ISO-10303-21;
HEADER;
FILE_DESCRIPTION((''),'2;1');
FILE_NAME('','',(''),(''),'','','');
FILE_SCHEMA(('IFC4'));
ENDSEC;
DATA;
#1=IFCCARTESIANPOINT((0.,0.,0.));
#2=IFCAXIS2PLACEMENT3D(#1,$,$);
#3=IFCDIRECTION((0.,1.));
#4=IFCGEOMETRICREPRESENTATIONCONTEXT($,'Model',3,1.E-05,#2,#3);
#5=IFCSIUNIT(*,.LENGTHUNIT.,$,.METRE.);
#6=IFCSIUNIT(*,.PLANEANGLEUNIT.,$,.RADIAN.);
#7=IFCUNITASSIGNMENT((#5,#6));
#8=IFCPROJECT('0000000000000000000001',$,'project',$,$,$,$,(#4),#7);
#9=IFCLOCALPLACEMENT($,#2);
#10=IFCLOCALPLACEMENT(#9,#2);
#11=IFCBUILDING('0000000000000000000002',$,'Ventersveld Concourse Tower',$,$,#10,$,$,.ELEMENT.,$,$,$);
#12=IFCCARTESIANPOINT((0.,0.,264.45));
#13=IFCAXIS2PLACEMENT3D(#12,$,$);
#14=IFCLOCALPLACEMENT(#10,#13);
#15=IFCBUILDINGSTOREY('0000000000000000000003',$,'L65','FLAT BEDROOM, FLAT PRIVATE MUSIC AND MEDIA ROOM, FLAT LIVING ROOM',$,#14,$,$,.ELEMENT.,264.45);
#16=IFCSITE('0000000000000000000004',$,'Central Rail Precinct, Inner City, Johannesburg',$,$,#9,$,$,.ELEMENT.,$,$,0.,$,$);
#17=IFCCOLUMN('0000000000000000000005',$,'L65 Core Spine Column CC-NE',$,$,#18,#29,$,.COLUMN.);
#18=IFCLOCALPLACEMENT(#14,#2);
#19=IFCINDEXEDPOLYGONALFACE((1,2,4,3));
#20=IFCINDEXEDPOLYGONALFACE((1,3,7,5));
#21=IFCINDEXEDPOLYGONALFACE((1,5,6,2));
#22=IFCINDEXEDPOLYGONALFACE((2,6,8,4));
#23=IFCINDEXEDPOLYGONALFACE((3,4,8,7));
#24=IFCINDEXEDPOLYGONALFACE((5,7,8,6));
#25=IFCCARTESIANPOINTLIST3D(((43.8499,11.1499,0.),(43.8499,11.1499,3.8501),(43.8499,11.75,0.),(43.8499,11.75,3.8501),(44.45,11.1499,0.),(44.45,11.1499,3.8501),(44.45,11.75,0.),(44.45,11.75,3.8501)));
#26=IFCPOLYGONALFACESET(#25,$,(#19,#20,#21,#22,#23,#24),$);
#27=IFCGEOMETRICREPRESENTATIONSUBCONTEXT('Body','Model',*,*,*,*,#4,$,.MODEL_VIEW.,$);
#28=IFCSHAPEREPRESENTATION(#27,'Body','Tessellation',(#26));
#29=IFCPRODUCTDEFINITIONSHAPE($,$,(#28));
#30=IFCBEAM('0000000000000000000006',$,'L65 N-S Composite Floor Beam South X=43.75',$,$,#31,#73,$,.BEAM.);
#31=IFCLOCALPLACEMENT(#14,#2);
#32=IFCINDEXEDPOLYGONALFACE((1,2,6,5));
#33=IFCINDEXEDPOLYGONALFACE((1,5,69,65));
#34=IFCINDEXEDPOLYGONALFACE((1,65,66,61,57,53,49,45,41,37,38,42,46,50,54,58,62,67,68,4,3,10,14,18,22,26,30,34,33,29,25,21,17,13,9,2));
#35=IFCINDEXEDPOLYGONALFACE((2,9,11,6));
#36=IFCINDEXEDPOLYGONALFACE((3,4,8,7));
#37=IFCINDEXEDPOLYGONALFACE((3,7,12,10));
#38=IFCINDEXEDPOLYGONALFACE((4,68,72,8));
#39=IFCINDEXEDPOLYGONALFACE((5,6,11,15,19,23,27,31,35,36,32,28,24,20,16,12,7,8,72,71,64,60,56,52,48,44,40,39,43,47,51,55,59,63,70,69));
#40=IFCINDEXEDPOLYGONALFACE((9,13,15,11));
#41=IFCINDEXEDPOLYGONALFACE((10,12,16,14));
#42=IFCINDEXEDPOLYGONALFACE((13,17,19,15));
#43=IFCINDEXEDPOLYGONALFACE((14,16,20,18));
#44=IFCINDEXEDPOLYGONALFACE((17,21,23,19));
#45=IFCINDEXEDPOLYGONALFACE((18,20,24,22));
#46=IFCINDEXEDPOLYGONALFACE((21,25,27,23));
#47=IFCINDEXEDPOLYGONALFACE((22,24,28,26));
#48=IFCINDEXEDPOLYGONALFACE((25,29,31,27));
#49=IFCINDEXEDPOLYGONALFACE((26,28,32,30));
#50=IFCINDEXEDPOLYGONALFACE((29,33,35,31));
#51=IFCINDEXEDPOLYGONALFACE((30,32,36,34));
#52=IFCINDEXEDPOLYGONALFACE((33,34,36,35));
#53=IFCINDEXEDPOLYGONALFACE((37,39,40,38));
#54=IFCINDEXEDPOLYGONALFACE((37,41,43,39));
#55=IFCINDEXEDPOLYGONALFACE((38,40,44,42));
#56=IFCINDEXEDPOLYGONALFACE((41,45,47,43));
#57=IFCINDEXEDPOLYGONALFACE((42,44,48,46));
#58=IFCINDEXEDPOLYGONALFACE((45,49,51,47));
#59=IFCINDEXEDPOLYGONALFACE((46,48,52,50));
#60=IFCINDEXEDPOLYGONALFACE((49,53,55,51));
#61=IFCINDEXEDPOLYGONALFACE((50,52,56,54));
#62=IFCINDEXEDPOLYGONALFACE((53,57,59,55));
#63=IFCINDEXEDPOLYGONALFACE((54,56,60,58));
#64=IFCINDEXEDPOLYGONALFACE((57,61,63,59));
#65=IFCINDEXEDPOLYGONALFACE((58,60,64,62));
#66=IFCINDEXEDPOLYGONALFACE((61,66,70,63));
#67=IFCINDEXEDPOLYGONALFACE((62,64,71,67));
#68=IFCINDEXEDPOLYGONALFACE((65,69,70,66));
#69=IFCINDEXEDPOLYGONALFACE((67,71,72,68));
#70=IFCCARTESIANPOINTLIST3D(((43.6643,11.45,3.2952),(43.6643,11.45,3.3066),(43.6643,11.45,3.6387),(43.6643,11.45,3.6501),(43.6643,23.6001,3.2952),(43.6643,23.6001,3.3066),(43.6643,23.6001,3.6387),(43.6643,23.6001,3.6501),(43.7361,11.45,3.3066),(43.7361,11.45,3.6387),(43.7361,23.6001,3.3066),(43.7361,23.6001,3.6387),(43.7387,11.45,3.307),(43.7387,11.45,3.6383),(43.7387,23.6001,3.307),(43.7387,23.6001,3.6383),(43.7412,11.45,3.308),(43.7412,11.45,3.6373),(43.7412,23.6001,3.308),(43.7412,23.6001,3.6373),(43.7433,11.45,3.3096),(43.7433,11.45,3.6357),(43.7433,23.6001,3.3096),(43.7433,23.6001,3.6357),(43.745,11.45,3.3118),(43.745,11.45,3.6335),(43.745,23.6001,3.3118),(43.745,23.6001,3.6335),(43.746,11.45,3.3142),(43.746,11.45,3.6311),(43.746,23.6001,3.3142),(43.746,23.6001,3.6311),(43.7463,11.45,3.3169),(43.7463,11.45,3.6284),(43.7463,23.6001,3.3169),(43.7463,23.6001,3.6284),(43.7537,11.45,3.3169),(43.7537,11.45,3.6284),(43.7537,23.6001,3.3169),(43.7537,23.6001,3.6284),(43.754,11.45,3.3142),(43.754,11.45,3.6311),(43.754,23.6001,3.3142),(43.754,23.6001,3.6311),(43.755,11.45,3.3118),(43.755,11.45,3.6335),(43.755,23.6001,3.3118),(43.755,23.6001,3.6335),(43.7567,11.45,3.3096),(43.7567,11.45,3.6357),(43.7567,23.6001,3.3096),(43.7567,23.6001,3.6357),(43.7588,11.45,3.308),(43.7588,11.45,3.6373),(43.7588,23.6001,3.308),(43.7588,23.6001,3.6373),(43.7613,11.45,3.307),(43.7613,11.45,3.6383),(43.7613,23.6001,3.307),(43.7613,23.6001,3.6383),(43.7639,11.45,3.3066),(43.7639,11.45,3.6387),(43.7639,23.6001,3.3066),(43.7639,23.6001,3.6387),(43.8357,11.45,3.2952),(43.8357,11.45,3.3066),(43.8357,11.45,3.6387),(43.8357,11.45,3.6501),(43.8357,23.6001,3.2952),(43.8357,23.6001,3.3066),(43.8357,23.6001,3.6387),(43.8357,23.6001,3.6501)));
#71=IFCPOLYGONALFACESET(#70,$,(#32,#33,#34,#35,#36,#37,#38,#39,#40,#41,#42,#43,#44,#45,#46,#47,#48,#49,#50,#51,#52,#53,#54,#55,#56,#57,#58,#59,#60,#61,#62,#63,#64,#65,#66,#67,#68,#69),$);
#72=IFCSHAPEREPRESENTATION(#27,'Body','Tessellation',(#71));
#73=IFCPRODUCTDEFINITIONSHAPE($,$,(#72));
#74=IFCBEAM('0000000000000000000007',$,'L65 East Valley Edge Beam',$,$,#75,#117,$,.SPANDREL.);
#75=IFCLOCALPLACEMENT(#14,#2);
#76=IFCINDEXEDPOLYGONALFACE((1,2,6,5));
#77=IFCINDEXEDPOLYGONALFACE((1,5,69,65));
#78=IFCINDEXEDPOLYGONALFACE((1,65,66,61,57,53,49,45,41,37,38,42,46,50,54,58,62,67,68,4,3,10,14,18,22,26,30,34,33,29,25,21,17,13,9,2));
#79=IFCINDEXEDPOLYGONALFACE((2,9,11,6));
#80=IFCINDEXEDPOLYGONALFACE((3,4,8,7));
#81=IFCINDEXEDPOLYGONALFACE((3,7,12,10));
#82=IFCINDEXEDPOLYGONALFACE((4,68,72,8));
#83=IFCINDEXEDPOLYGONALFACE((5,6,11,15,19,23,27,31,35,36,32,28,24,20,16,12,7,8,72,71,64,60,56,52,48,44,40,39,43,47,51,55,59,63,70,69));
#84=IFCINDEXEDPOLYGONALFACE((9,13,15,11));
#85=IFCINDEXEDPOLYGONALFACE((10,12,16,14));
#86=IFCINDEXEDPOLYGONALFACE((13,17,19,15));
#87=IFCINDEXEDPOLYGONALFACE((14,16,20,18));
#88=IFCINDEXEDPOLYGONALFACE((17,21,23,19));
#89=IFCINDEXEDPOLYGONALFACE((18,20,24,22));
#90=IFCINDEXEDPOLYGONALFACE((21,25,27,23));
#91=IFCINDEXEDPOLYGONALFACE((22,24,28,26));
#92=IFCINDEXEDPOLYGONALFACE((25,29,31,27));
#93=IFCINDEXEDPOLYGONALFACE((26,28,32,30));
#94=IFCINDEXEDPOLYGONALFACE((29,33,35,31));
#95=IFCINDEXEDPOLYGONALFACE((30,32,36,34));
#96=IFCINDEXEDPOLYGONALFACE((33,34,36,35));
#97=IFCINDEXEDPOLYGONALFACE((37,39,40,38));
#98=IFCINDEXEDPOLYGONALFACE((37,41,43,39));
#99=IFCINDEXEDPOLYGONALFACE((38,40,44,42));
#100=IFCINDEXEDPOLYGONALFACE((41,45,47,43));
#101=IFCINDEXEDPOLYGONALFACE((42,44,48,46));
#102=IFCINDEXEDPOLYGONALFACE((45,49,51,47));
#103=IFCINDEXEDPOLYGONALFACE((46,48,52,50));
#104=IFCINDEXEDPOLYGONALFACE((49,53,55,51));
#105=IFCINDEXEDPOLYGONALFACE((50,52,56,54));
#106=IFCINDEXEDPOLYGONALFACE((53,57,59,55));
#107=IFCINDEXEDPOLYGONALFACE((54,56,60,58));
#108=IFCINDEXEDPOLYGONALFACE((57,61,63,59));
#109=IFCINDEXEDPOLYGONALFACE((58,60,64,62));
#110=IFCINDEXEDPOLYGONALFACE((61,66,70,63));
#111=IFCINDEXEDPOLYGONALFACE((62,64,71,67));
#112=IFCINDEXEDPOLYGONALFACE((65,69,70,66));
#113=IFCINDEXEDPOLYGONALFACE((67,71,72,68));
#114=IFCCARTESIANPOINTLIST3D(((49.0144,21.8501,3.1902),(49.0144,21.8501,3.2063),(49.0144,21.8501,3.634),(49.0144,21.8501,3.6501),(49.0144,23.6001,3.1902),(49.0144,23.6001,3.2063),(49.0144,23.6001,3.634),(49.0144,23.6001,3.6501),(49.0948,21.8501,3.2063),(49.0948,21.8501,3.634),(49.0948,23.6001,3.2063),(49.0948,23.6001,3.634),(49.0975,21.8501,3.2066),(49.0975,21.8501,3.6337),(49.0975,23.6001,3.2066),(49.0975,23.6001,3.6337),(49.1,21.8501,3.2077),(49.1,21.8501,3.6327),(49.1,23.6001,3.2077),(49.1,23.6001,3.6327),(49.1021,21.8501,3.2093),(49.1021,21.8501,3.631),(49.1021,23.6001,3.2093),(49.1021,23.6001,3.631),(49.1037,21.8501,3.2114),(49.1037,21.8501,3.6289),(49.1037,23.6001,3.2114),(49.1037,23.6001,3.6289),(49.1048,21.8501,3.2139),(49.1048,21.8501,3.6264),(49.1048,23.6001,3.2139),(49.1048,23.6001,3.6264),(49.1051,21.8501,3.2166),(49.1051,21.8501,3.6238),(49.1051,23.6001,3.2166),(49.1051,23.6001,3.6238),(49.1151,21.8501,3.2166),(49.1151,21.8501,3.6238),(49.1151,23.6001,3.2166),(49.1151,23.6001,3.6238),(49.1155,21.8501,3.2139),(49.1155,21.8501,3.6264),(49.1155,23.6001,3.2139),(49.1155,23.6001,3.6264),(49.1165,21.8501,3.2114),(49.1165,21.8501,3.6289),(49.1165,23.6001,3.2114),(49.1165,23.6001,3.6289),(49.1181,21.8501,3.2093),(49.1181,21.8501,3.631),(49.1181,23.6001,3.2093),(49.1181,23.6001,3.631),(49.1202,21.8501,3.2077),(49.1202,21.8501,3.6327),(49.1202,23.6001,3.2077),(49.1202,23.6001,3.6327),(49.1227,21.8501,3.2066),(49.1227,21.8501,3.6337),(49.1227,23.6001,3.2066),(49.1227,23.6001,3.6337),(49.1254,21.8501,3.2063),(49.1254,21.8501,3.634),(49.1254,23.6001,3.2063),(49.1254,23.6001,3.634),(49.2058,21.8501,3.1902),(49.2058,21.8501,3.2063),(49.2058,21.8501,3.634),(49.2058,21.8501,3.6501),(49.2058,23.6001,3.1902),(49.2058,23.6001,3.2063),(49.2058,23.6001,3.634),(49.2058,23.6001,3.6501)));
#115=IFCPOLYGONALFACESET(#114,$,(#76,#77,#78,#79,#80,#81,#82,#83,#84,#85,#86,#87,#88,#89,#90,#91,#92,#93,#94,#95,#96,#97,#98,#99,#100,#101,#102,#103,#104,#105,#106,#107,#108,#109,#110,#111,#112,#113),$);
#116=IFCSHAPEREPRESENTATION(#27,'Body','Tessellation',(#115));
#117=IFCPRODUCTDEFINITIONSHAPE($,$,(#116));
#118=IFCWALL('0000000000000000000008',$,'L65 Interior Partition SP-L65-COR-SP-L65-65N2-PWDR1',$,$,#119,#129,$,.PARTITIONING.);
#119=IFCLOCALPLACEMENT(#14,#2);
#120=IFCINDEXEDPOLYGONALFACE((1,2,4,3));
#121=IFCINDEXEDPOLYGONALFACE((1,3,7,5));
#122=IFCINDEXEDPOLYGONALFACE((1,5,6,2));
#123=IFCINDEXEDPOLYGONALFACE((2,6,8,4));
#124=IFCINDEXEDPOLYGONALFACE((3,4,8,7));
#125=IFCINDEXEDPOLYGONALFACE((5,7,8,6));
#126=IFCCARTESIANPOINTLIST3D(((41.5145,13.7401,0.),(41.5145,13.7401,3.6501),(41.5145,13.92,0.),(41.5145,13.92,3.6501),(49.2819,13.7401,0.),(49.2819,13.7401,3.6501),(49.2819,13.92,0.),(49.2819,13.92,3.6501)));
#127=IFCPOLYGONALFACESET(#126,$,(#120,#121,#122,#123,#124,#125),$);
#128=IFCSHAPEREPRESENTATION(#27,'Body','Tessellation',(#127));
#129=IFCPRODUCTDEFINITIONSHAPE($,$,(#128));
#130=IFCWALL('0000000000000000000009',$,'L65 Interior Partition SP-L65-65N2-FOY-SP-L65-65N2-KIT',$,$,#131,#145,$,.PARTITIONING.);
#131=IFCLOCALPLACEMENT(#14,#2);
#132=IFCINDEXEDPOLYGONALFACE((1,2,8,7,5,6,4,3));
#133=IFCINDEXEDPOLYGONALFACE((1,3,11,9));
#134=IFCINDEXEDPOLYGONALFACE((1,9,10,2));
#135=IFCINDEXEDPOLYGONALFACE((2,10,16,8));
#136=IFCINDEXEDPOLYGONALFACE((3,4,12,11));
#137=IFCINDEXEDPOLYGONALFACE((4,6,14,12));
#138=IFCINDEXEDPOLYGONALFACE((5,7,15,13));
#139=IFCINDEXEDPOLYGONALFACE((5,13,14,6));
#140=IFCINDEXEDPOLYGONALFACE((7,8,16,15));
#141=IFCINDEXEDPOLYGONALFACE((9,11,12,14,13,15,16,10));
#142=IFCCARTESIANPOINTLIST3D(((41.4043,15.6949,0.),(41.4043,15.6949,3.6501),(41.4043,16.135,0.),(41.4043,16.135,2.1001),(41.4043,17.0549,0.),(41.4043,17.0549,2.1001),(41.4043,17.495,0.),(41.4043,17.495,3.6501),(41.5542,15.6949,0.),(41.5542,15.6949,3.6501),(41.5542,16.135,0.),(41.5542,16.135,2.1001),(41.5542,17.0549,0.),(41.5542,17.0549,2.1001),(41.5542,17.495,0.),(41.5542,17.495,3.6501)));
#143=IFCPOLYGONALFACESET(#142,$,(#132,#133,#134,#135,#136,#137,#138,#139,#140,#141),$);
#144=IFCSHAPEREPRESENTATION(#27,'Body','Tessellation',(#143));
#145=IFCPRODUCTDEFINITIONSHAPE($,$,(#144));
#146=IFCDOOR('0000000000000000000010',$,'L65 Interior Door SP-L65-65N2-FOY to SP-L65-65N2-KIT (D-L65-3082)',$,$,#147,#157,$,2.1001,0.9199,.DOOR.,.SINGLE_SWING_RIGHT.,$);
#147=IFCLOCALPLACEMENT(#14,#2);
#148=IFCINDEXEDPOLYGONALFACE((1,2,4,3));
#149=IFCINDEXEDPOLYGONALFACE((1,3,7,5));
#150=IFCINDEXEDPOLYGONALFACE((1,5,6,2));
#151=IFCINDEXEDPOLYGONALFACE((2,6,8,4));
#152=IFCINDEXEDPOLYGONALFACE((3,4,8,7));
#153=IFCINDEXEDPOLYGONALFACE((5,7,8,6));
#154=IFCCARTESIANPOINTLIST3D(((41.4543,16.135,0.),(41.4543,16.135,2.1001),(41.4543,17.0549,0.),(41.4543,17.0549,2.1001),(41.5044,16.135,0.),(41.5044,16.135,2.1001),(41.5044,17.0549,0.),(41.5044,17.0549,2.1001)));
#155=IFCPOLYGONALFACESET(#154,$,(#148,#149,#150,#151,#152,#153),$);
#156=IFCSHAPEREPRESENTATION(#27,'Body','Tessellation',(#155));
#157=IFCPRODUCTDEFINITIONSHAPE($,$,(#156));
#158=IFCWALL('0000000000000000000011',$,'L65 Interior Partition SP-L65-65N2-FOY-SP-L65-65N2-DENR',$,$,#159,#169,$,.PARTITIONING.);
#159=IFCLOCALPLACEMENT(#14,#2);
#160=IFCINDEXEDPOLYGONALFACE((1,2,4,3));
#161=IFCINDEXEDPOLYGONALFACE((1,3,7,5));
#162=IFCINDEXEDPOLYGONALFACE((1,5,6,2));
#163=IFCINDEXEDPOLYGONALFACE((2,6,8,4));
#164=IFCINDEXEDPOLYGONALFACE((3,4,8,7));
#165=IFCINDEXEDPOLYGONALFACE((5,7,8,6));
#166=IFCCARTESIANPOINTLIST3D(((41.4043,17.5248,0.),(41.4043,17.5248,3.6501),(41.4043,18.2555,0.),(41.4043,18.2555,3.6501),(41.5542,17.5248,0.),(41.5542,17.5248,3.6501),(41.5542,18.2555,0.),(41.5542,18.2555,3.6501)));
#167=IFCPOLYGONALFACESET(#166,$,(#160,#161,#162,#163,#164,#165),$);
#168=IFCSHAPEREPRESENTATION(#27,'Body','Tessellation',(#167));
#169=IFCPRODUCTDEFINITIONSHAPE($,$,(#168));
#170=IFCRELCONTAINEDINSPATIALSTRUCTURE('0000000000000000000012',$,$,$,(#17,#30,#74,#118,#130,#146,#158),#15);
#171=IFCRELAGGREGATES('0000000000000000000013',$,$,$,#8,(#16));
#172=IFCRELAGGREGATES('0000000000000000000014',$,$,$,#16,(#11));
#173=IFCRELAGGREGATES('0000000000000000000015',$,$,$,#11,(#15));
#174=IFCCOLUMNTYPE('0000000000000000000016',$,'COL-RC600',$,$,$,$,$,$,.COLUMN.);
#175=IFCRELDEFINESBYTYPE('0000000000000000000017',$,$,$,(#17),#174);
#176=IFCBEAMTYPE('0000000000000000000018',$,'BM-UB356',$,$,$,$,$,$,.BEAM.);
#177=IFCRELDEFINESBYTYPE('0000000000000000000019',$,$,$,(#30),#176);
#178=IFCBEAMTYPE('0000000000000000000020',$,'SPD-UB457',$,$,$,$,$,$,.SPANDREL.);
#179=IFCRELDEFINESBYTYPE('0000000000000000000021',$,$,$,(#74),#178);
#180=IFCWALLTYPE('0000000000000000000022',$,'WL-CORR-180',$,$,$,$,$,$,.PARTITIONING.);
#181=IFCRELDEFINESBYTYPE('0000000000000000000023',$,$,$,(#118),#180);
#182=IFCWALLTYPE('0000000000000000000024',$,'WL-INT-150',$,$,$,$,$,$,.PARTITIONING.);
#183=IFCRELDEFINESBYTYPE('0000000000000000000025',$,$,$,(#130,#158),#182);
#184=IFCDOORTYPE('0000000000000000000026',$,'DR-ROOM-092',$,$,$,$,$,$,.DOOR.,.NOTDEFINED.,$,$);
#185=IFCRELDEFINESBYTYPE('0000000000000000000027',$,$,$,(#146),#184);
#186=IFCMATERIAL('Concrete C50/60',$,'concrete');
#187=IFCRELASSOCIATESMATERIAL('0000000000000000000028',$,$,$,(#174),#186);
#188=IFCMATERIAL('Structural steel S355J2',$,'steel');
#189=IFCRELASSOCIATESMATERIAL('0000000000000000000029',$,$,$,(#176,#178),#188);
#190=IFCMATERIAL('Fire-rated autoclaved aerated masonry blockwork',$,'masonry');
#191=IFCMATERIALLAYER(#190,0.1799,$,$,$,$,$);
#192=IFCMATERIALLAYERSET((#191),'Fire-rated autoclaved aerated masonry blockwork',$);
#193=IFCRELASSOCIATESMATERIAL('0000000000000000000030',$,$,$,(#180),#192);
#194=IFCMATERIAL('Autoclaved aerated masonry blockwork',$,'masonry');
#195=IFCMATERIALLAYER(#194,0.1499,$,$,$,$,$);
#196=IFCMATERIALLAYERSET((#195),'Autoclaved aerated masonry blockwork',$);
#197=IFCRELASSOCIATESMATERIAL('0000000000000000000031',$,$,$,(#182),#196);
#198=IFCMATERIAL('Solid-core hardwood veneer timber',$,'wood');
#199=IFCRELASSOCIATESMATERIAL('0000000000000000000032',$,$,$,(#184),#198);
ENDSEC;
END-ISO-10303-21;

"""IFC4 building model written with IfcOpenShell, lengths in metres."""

from ifc_helpers import new_model, si_unit, direction, frame, frame_2d, origin, origin_2d, place, context, subcontext, project, spatial, rectangle, i_section, extrude, material, layer, layer_set, material_profile, profile_set, type_object, element, fill, save


model = new_model("IFC4")

# Units and contexts
model_context = context("Model", 3, precision=1e-05, world=origin(), true_north=direction((0.0, 1.0)))
body_context = subcontext(model_context, "Body", "Model", "MODEL_VIEW")
ifc_project = project(units=[si_unit("LENGTHUNIT", "METRE"), si_unit("PLANEANGLEUNIT", "RADIAN")], contexts=[model_context])

# Site, building, storey
site_placement = place(None, origin())
site = spatial("IfcSite", under=ifc_project, at=site_placement, Name="Central Rail Precinct, Inner City, Johannesburg", CompositionType="ELEMENT", RefElevation=0.0)
building_placement = place(site_placement, origin())
building = spatial("IfcBuilding", under=site, at=building_placement, Name="Ventersveld Concourse Tower", CompositionType="ELEMENT")
storey_placement = place(building_placement, frame((0.0, 0.0, 264.45)))
storey = spatial("IfcBuildingStorey", under=building, at=storey_placement, Name="L65", Description="FLAT BEDROOM, FLAT PRIVATE MUSIC AND MEDIA ROOM, FLAT LIVING ROOM", CompositionType="ELEMENT", Elevation=264.45)

# Column
ifc_material_1 = material(Name="Concrete C50/60", Category="concrete")
ifc_material_profile_1 = material_profile(ifc_material_1, rectangle(XDim=0.6001, YDim=0.6001, at=origin_2d()), Name="RC 600x600")
ifc_profile_set_1 = profile_set([ifc_material_profile_1], Name="Concrete C50/60")
column_type = type_object("IfcColumnType", Name="COL-RC600", PredefinedType="COLUMN", material=ifc_profile_set_1)
column_placement = place(storey_placement, frame((44.1499, 11.45, 0.0), z_axis=(0.0, 0.0, 1.0), x_axis=(1.0, 0.0, 0.0)))
element("IfcColumn", 1, at=column_placement, inside=storey, type_object=column_type, Name="L65 Core Spine Column CC-NE", PredefinedType="COLUMN", context=body_context, shape_type="SweptSolid", body=[
    extrude(rectangle(XDim=0.6001, YDim=0.6001, at=origin_2d()), origin(), (0.0, 0.0, 1.0), 3.8501),
])

# Beams
ifc_material_2 = material(Name="Structural steel S355J2", Category="steel")
ifc_material_profile_2 = material_profile(ifc_material_2, i_section(OverallWidth=0.1714, OverallDepth=0.355, WebThickness=0.0073, FlangeThickness=0.0115, FilletRadius=0.0103, at=origin_2d()), Name="UB 356x171x51")
ifc_profile_set_2 = profile_set([ifc_material_profile_2], Name="Structural steel S355J2")
beam_type_1 = type_object("IfcBeamType", Name="BM-UB356", PredefinedType="BEAM", material=ifc_profile_set_2)
beam_1_placement = place(storey_placement, frame((43.75, 11.45, 3.4727), z_axis=(0.0, 1.0, 0.0), x_axis=(-1.0, 0.0, 0.0)))
element("IfcBeam", 2, at=beam_1_placement, inside=storey, type_object=beam_type_1, Name="L65 N-S Composite Floor Beam South X=43.75", PredefinedType="BEAM", context=body_context, shape_type="SweptSolid", body=[
    extrude(i_section(OverallWidth=0.1714, OverallDepth=0.355, WebThickness=0.0073, FlangeThickness=0.0115, FilletRadius=0.0103, at=origin_2d()), origin(), (0.0, 0.0, 1.0), 12.1501),
])
ifc_material_profile_3 = material_profile(ifc_material_2, i_section(OverallWidth=0.1914, OverallDepth=0.46, WebThickness=0.01, FlangeThickness=0.0161, FilletRadius=0.0103, at=origin_2d()), Name="UB 457x191x82")
ifc_profile_set_3 = profile_set([ifc_material_profile_3], Name="Structural steel S355J2")
beam_type_2 = type_object("IfcBeamType", Name="SPD-UB457", PredefinedType="SPANDREL", material=ifc_profile_set_3)
beam_2_placement = place(storey_placement, frame((49.1101, 21.8501, 3.4202), z_axis=(0.0, 1.0, 0.0), x_axis=(-1.0, 0.0, 0.0)))
element("IfcBeam", 3, at=beam_2_placement, inside=storey, type_object=beam_type_2, Name="L65 East Valley Edge Beam", PredefinedType="SPANDREL", context=body_context, shape_type="SweptSolid", body=[
    extrude(i_section(OverallWidth=0.1914, OverallDepth=0.46, WebThickness=0.01, FlangeThickness=0.0161, FilletRadius=0.0103, at=origin_2d()), origin(), (0.0, 0.0, 1.0), 1.75),
])

# Shared definitions
ifc_material_3 = material(Name="Fire-rated autoclaved aerated masonry blockwork", Category="masonry")
ifc_layer_1 = layer(ifc_material_3, 0.1799)
ifc_layer_set_1 = layer_set([ifc_layer_1], Name="Fire-rated autoclaved aerated masonry blockwork")
wall_type_1 = type_object("IfcWallType", Name="WL-CORR-180", PredefinedType="PARTITIONING", material=ifc_layer_set_1)
ifc_material_4 = material(Name="Solid-core hardwood veneer timber", Category="wood")

# Wall
wall_1_placement = place(storey_placement, frame((41.5144, 13.8301, 0.0), z_axis=(0.0, 0.0, 1.0), x_axis=(1.0, 0.0, 0.0)))
element("IfcWall", 4, at=wall_1_placement, inside=storey, type_object=wall_type_1, Name="L65 Interior Partition SP-L65-COR-SP-L65-65N2-PWDR1", PredefinedType="PARTITIONING", context=body_context, shape_type="SweptSolid", body=[
    extrude(rectangle(XDim=7.7673, YDim=0.1799, at=frame_2d((3.8838, 0.0))), origin(), (0.0, 0.0, 1.0), 3.6501),
])

# Wall, opening, door
ifc_material_5 = material(Name="Autoclaved aerated masonry blockwork", Category="masonry")
ifc_layer_2 = layer(ifc_material_5, 0.1499)
ifc_layer_set_2 = layer_set([ifc_layer_2], Name="Autoclaved aerated masonry blockwork")
wall_type_2 = type_object("IfcWallType", Name="WL-INT-150", PredefinedType="PARTITIONING", material=ifc_layer_set_2)
wall_2_placement = place(storey_placement, frame((41.4792, 15.6951, 0.0), z_axis=(0.0, 0.0, 1.0), x_axis=(0.0, 1.0, 0.0)))
wall_2 = element("IfcWall", 5, at=wall_2_placement, inside=storey, type_object=wall_type_2, Name="L65 Interior Partition SP-L65-65N2-FOY-SP-L65-65N2-KIT", PredefinedType="PARTITIONING", context=body_context, shape_type="SweptSolid", body=[
    extrude(rectangle(XDim=1.8, YDim=0.1499, at=frame_2d((0.8999, 0.0))), origin(), (0.0, 0.0, 1.0), 3.6501),
])
opening_1_placement = place(wall_2_placement, frame((0.4399, 0.0, 0.0)))
opening_1 = element("IfcOpeningElement", 6, at=opening_1_placement, cuts=wall_2, PredefinedType="OPENING", context=body_context, shape_type="SweptSolid", body=[
    extrude(rectangle(XDim=0.9199, YDim=2.1001, at=frame_2d((0.46, 1.05))), frame((0.0, 0.085, 0.0), z_axis=(0.0, -1.0, 0.0), x_axis=(1.0, 0.0, 0.0)), (0.0, 0.0, 1.0), 0.1699),
])
door_type_1 = type_object("IfcDoorType", Name="DR-ROOM-092", OperationType="NOTDEFINED", PredefinedType="DOOR", material=ifc_material_4)
door_1_placement = place(opening_1_placement, origin())
door_1 = element("IfcDoor", 7, at=door_1_placement, inside=storey, type_object=door_type_1, Name="L65 Interior Door SP-L65-65N2-FOY to SP-L65-65N2-KIT (D-L65-3082)", OperationType="SINGLE_SWING_RIGHT", OverallHeight=2.1001, OverallWidth=0.9199, PredefinedType="DOOR", context=body_context, shape_type="SweptSolid", body=[
    extrude(rectangle(XDim=0.9199, YDim=2.1001, at=frame_2d((0.46, 1.05))), frame((0.0, 0.0249, 0.0), z_axis=(0.0, -1.0, 0.0), x_axis=(1.0, 0.0, 0.0)), (0.0, 0.0, 1.0), 0.05),
])
fill(opening_1, door_1)

# Wall
wall_3_placement = place(storey_placement, frame((41.4792, 17.5249, 0.0), z_axis=(0.0, 0.0, 1.0), x_axis=(0.0, 1.0, 0.0)))
element("IfcWall", 8, at=wall_3_placement, inside=storey, type_object=wall_type_2, Name="L65 Interior Partition SP-L65-65N2-FOY-SP-L65-65N2-DENR", PredefinedType="PARTITIONING", context=body_context, shape_type="SweptSolid", body=[
    extrude(rectangle(XDim=0.7307, YDim=0.1499, at=frame_2d((0.3652, 0.0))), origin(), (0.0, 0.0, 1.0), 3.6501),
])

save(model, "model.ifc")
